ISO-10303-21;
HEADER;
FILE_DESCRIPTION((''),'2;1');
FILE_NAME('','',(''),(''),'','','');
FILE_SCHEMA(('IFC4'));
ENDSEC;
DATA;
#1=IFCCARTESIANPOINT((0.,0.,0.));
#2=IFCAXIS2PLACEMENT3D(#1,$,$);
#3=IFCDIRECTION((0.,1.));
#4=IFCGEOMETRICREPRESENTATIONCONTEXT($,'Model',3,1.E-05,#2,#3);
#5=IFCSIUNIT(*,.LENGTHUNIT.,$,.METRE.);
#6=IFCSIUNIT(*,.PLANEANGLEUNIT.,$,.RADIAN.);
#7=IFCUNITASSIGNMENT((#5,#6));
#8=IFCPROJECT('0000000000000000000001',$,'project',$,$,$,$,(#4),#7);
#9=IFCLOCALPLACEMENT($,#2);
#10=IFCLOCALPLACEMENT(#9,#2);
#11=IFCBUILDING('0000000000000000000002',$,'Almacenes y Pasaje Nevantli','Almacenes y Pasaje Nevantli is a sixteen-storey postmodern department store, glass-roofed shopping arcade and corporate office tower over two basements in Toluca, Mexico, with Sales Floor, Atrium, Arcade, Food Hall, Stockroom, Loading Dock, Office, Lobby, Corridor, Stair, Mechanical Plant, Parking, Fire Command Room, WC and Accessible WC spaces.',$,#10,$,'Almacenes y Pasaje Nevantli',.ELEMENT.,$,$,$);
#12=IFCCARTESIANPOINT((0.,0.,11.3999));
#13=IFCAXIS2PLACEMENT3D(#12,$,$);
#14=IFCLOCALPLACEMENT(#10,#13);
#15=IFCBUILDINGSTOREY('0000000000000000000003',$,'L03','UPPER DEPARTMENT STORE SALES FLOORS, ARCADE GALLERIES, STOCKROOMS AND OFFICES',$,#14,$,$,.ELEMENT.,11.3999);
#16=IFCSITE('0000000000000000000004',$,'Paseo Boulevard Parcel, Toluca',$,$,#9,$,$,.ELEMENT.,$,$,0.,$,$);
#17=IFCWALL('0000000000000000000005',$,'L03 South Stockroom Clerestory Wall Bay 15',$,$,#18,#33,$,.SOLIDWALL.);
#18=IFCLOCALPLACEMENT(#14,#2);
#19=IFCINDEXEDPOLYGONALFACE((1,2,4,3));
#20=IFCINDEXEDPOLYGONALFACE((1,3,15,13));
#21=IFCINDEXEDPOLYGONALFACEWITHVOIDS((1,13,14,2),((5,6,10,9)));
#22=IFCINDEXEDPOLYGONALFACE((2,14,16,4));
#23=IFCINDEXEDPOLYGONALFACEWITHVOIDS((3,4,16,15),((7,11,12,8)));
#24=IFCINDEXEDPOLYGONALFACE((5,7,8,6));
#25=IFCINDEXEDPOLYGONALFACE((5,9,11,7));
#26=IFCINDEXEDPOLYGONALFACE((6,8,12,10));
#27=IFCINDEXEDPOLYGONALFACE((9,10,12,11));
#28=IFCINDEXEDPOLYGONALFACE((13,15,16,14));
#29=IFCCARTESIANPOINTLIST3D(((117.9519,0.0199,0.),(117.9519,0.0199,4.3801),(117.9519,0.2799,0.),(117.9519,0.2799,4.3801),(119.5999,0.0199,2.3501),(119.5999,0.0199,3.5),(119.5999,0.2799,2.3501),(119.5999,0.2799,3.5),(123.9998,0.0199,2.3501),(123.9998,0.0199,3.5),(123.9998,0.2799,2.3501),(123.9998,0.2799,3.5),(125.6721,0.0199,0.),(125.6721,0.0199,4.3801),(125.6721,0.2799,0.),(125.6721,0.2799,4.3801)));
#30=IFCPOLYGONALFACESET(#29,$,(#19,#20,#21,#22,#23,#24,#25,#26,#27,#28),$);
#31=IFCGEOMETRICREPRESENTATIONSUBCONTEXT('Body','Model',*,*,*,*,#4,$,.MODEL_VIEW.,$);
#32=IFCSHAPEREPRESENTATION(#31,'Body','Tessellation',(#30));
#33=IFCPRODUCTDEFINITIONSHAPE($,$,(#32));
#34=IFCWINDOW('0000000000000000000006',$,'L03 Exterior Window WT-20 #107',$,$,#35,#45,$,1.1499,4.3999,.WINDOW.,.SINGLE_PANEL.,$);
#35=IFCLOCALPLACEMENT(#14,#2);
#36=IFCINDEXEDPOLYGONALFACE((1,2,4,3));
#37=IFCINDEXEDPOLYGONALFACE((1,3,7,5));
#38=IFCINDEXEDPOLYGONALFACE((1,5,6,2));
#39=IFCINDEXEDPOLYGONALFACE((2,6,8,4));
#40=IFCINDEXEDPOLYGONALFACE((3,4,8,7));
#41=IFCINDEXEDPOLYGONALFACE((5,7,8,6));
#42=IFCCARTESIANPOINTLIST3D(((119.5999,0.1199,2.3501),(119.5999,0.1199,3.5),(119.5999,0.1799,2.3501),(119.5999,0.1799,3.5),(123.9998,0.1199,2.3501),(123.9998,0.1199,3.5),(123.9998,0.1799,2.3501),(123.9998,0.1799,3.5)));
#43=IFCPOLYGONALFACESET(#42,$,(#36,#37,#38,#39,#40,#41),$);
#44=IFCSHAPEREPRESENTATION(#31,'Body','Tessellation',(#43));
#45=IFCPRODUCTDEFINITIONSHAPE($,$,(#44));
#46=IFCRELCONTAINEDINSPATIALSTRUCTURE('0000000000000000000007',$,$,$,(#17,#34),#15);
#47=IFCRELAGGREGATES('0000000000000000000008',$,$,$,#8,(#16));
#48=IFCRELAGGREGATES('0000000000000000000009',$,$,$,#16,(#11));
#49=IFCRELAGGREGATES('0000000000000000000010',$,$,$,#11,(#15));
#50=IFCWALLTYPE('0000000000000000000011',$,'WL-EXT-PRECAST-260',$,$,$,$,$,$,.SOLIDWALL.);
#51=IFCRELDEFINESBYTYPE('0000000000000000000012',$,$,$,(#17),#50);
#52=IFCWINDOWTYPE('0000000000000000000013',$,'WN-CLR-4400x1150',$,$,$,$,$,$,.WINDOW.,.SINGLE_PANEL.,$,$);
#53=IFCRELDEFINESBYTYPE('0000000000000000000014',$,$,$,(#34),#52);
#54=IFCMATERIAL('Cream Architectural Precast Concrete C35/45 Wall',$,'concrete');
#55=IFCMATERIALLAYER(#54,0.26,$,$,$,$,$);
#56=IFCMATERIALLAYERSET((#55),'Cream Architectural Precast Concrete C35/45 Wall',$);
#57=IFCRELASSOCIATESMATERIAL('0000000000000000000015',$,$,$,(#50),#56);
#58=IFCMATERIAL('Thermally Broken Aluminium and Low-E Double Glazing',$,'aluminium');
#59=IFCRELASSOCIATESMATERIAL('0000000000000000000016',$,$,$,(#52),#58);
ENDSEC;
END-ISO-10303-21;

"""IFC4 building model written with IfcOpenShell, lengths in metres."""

from ifc_helpers import new_model, si_unit, direction, frame, frame_2d, origin, place, context, subcontext, project, spatial, rectangle, extrude, material, layer, layer_set, type_object, element, fill, save


model = new_model("IFC4")

# Units and contexts
model_context = context("Model", 3, precision=1e-05, world=origin(), true_north=direction((0.0, 1.0)))
body_context = subcontext(model_context, "Body", "Model", "MODEL_VIEW")
ifc_project = project(units=[si_unit("LENGTHUNIT", "METRE"), si_unit("PLANEANGLEUNIT", "RADIAN")], contexts=[model_context])

# Site, building, storey
site_placement = place(None, origin())
site = spatial("IfcSite", under=ifc_project, at=site_placement, Name="Paseo Boulevard Parcel, Toluca", CompositionType="ELEMENT", RefElevation=0.0)
building_placement = place(site_placement, origin())
building = spatial("IfcBuilding", under=site, at=building_placement, Name="Almacenes y Pasaje Nevantli", Description="Almacenes y Pasaje Nevantli is a sixteen-storey postmodern department store, glass-roofed shopping arcade and corporate office tower over two basements in Toluca, Mexico, with Sales Floor, Atrium, Arcade, Food Hall, Stockroom, Loading Dock, Office, Lobby, Corridor, Stair, Mechanical Plant, Parking, Fire Command Room, WC and Accessible WC spaces.", LongName="Almacenes y Pasaje Nevantli", CompositionType="ELEMENT")
storey_placement = place(building_placement, frame((0.0, 0.0, 11.3999)))
storey = spatial("IfcBuildingStorey", under=building, at=storey_placement, Name="L03", Description="UPPER DEPARTMENT STORE SALES FLOORS, ARCADE GALLERIES, STOCKROOMS AND OFFICES", CompositionType="ELEMENT", Elevation=11.3999)

# Wall, opening, window
ifc_material_1 = material(Name="Cream Architectural Precast Concrete C35/45 Wall", Category="concrete")
ifc_layer = layer(ifc_material_1, 0.26)
ifc_layer_set = layer_set([ifc_layer], Name="Cream Architectural Precast Concrete C35/45 Wall")
wall_type = type_object("IfcWallType", Name="WL-EXT-PRECAST-260", PredefinedType="SOLIDWALL", material=ifc_layer_set)
wall_1_placement = place(storey_placement, frame((117.9519, 0.1499, 0.0), z_axis=(0.0, 0.0, 1.0), x_axis=(1.0, 0.0, 0.0)))
wall_1 = element("IfcWall", 1, at=wall_1_placement, inside=storey, type_object=wall_type, Name="L03 South Stockroom Clerestory Wall Bay 15", PredefinedType="SOLIDWALL", context=body_context, shape_type="SweptSolid", body=[
    extrude(rectangle(XDim=7.7202, YDim=0.26, at=frame_2d((3.8601, 0.0))), origin(), (0.0, 0.0, 1.0), 4.3801),
])
opening_1_placement = place(wall_1_placement, frame((1.6479, 0.0, 2.3501)))
opening_1 = element("IfcOpeningElement", 2, at=opening_1_placement, cuts=wall_1, PredefinedType="OPENING", context=body_context, shape_type="SweptSolid", body=[
    extrude(rectangle(XDim=4.3999, YDim=1.1499, at=frame_2d((2.2, 0.575))), frame((0.0, 0.1399, 0.0), z_axis=(0.0, -1.0, 0.0), x_axis=(1.0, 0.0, 0.0)), (0.0, 0.0, 1.0), 0.28),
])
ifc_material_2 = material(Name="Thermally Broken Aluminium and Low-E Double Glazing", Category="aluminium")
window_type_1 = type_object("IfcWindowType", Name="WN-CLR-4400x1150", PartitioningType="SINGLE_PANEL", PredefinedType="WINDOW", material=ifc_material_2)
window_1_placement = place(opening_1_placement, origin())
window_1 = element("IfcWindow", 3, at=window_1_placement, inside=storey, type_object=window_type_1, Name="L03 Exterior Window WT-20 #107", OverallHeight=1.1499, OverallWidth=4.3999, PartitioningType="SINGLE_PANEL", PredefinedType="WINDOW", context=body_context, shape_type="SweptSolid", body=[
    extrude(rectangle(XDim=4.3999, YDim=1.1499, at=frame_2d((2.2, 0.575))), frame((0.0, 0.03, 0.0), z_axis=(0.0, -1.0, 0.0), x_axis=(1.0, 0.0, 0.0)), (0.0, 0.0, 1.0), 0.0601),
])
fill(opening_1, window_1)

save(model, "model.ifc")
